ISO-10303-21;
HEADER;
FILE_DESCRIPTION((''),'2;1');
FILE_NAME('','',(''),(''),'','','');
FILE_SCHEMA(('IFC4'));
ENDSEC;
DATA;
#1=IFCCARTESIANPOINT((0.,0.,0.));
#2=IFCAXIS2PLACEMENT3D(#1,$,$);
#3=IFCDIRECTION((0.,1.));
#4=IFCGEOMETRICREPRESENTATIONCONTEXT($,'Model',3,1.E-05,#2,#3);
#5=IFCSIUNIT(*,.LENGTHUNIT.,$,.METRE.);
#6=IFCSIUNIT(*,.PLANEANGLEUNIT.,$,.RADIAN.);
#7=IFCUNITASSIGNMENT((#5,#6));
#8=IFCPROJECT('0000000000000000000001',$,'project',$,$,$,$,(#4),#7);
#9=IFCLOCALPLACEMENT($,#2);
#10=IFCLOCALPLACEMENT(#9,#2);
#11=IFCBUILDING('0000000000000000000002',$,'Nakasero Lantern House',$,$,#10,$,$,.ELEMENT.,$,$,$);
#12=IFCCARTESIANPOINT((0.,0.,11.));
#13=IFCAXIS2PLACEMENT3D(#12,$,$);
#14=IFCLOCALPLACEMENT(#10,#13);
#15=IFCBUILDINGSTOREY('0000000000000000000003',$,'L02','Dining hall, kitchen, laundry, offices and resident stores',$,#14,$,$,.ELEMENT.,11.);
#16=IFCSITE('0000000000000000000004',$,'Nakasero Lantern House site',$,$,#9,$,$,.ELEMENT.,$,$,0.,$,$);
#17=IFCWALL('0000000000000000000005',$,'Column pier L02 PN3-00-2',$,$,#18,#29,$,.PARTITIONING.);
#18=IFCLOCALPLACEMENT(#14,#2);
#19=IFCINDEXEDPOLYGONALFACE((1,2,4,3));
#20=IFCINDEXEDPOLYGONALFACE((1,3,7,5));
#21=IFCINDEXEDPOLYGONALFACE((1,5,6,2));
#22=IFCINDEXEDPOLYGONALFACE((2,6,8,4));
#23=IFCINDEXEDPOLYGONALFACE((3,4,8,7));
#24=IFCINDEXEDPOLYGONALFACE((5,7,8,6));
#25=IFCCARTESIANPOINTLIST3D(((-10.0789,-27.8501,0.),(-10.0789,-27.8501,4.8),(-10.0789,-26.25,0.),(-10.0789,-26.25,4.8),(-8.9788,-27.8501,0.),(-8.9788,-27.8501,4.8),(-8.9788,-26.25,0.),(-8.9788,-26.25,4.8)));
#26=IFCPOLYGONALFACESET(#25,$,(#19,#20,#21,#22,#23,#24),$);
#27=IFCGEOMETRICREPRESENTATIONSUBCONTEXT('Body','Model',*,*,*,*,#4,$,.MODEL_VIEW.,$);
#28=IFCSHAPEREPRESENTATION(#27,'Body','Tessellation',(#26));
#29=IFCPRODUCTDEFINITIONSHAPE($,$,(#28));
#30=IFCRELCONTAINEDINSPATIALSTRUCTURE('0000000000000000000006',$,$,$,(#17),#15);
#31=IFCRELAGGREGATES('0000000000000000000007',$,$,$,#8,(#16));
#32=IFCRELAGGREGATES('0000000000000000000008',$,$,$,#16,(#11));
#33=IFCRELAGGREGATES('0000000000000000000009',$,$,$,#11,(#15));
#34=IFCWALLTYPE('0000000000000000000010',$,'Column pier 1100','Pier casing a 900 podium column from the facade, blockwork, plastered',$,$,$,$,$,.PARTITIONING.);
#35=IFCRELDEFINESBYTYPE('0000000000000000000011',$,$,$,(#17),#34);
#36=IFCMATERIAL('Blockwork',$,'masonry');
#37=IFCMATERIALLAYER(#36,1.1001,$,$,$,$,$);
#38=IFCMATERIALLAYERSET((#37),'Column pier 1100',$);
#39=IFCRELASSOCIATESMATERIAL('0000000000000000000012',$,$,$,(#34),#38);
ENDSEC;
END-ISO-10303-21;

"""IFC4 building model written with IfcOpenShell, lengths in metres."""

from ifc_helpers import new_model, si_unit, direction, frame, frame_2d, origin, place, context, subcontext, project, spatial, rectangle, extrude, material, layer, layer_set, type_object, element, save


model = new_model("IFC4")

# Units and contexts
model_context = context("Model", 3, precision=1e-05, world=origin(), true_north=direction((0.0, 1.0)))
body_context = subcontext(model_context, "Body", "Model", "MODEL_VIEW")
ifc_project = project(units=[si_unit("LENGTHUNIT", "METRE"), si_unit("PLANEANGLEUNIT", "RADIAN")], contexts=[model_context])

# Site, building, storey
site_placement = place(None, origin())
site = spatial("IfcSite", under=ifc_project, at=site_placement, Name="Nakasero Lantern House site", CompositionType="ELEMENT", RefElevation=0.0)
building_placement = place(site_placement, origin())
building = spatial("IfcBuilding", under=site, at=building_placement, Name="Nakasero Lantern House", CompositionType="ELEMENT")
storey_placement = place(building_placement, frame((0.0, 0.0, 11.0)))
storey = spatial("IfcBuildingStorey", under=building, at=storey_placement, Name="L02", Description="Dining hall, kitchen, laundry, offices and resident stores", CompositionType="ELEMENT", Elevation=11.0)

# Wall
ifc_material_1 = material(Name="Blockwork", Category="masonry")
ifc_layer_1 = layer(ifc_material_1, 1.1001)
ifc_layer_set_1 = layer_set([ifc_layer_1], Name="Column pier 1100")
wall_type = type_object("IfcWallType", Name="Column pier 1100", Description="Pier casing a 900 podium column from the facade, blockwork, plastered", PredefinedType="PARTITIONING", material=ifc_layer_set_1)
wall_placement = place(storey_placement, frame((-9.5288, -26.25, 0.0), z_axis=(0.0, 0.0, 1.0), x_axis=(0.0, -1.0, 0.0)))
element("IfcWall", 1, at=wall_placement, inside=storey, type_object=wall_type, Name="Column pier L02 PN3-00-2", PredefinedType="PARTITIONING", context=body_context, shape_type="SweptSolid", body=[
    extrude(rectangle(XDim=1.6001, YDim=1.1001, at=frame_2d((0.8, 0.0))), origin(), (0.0, 0.0, 1.0), 4.8),
])

save(model, "model.ifc")
